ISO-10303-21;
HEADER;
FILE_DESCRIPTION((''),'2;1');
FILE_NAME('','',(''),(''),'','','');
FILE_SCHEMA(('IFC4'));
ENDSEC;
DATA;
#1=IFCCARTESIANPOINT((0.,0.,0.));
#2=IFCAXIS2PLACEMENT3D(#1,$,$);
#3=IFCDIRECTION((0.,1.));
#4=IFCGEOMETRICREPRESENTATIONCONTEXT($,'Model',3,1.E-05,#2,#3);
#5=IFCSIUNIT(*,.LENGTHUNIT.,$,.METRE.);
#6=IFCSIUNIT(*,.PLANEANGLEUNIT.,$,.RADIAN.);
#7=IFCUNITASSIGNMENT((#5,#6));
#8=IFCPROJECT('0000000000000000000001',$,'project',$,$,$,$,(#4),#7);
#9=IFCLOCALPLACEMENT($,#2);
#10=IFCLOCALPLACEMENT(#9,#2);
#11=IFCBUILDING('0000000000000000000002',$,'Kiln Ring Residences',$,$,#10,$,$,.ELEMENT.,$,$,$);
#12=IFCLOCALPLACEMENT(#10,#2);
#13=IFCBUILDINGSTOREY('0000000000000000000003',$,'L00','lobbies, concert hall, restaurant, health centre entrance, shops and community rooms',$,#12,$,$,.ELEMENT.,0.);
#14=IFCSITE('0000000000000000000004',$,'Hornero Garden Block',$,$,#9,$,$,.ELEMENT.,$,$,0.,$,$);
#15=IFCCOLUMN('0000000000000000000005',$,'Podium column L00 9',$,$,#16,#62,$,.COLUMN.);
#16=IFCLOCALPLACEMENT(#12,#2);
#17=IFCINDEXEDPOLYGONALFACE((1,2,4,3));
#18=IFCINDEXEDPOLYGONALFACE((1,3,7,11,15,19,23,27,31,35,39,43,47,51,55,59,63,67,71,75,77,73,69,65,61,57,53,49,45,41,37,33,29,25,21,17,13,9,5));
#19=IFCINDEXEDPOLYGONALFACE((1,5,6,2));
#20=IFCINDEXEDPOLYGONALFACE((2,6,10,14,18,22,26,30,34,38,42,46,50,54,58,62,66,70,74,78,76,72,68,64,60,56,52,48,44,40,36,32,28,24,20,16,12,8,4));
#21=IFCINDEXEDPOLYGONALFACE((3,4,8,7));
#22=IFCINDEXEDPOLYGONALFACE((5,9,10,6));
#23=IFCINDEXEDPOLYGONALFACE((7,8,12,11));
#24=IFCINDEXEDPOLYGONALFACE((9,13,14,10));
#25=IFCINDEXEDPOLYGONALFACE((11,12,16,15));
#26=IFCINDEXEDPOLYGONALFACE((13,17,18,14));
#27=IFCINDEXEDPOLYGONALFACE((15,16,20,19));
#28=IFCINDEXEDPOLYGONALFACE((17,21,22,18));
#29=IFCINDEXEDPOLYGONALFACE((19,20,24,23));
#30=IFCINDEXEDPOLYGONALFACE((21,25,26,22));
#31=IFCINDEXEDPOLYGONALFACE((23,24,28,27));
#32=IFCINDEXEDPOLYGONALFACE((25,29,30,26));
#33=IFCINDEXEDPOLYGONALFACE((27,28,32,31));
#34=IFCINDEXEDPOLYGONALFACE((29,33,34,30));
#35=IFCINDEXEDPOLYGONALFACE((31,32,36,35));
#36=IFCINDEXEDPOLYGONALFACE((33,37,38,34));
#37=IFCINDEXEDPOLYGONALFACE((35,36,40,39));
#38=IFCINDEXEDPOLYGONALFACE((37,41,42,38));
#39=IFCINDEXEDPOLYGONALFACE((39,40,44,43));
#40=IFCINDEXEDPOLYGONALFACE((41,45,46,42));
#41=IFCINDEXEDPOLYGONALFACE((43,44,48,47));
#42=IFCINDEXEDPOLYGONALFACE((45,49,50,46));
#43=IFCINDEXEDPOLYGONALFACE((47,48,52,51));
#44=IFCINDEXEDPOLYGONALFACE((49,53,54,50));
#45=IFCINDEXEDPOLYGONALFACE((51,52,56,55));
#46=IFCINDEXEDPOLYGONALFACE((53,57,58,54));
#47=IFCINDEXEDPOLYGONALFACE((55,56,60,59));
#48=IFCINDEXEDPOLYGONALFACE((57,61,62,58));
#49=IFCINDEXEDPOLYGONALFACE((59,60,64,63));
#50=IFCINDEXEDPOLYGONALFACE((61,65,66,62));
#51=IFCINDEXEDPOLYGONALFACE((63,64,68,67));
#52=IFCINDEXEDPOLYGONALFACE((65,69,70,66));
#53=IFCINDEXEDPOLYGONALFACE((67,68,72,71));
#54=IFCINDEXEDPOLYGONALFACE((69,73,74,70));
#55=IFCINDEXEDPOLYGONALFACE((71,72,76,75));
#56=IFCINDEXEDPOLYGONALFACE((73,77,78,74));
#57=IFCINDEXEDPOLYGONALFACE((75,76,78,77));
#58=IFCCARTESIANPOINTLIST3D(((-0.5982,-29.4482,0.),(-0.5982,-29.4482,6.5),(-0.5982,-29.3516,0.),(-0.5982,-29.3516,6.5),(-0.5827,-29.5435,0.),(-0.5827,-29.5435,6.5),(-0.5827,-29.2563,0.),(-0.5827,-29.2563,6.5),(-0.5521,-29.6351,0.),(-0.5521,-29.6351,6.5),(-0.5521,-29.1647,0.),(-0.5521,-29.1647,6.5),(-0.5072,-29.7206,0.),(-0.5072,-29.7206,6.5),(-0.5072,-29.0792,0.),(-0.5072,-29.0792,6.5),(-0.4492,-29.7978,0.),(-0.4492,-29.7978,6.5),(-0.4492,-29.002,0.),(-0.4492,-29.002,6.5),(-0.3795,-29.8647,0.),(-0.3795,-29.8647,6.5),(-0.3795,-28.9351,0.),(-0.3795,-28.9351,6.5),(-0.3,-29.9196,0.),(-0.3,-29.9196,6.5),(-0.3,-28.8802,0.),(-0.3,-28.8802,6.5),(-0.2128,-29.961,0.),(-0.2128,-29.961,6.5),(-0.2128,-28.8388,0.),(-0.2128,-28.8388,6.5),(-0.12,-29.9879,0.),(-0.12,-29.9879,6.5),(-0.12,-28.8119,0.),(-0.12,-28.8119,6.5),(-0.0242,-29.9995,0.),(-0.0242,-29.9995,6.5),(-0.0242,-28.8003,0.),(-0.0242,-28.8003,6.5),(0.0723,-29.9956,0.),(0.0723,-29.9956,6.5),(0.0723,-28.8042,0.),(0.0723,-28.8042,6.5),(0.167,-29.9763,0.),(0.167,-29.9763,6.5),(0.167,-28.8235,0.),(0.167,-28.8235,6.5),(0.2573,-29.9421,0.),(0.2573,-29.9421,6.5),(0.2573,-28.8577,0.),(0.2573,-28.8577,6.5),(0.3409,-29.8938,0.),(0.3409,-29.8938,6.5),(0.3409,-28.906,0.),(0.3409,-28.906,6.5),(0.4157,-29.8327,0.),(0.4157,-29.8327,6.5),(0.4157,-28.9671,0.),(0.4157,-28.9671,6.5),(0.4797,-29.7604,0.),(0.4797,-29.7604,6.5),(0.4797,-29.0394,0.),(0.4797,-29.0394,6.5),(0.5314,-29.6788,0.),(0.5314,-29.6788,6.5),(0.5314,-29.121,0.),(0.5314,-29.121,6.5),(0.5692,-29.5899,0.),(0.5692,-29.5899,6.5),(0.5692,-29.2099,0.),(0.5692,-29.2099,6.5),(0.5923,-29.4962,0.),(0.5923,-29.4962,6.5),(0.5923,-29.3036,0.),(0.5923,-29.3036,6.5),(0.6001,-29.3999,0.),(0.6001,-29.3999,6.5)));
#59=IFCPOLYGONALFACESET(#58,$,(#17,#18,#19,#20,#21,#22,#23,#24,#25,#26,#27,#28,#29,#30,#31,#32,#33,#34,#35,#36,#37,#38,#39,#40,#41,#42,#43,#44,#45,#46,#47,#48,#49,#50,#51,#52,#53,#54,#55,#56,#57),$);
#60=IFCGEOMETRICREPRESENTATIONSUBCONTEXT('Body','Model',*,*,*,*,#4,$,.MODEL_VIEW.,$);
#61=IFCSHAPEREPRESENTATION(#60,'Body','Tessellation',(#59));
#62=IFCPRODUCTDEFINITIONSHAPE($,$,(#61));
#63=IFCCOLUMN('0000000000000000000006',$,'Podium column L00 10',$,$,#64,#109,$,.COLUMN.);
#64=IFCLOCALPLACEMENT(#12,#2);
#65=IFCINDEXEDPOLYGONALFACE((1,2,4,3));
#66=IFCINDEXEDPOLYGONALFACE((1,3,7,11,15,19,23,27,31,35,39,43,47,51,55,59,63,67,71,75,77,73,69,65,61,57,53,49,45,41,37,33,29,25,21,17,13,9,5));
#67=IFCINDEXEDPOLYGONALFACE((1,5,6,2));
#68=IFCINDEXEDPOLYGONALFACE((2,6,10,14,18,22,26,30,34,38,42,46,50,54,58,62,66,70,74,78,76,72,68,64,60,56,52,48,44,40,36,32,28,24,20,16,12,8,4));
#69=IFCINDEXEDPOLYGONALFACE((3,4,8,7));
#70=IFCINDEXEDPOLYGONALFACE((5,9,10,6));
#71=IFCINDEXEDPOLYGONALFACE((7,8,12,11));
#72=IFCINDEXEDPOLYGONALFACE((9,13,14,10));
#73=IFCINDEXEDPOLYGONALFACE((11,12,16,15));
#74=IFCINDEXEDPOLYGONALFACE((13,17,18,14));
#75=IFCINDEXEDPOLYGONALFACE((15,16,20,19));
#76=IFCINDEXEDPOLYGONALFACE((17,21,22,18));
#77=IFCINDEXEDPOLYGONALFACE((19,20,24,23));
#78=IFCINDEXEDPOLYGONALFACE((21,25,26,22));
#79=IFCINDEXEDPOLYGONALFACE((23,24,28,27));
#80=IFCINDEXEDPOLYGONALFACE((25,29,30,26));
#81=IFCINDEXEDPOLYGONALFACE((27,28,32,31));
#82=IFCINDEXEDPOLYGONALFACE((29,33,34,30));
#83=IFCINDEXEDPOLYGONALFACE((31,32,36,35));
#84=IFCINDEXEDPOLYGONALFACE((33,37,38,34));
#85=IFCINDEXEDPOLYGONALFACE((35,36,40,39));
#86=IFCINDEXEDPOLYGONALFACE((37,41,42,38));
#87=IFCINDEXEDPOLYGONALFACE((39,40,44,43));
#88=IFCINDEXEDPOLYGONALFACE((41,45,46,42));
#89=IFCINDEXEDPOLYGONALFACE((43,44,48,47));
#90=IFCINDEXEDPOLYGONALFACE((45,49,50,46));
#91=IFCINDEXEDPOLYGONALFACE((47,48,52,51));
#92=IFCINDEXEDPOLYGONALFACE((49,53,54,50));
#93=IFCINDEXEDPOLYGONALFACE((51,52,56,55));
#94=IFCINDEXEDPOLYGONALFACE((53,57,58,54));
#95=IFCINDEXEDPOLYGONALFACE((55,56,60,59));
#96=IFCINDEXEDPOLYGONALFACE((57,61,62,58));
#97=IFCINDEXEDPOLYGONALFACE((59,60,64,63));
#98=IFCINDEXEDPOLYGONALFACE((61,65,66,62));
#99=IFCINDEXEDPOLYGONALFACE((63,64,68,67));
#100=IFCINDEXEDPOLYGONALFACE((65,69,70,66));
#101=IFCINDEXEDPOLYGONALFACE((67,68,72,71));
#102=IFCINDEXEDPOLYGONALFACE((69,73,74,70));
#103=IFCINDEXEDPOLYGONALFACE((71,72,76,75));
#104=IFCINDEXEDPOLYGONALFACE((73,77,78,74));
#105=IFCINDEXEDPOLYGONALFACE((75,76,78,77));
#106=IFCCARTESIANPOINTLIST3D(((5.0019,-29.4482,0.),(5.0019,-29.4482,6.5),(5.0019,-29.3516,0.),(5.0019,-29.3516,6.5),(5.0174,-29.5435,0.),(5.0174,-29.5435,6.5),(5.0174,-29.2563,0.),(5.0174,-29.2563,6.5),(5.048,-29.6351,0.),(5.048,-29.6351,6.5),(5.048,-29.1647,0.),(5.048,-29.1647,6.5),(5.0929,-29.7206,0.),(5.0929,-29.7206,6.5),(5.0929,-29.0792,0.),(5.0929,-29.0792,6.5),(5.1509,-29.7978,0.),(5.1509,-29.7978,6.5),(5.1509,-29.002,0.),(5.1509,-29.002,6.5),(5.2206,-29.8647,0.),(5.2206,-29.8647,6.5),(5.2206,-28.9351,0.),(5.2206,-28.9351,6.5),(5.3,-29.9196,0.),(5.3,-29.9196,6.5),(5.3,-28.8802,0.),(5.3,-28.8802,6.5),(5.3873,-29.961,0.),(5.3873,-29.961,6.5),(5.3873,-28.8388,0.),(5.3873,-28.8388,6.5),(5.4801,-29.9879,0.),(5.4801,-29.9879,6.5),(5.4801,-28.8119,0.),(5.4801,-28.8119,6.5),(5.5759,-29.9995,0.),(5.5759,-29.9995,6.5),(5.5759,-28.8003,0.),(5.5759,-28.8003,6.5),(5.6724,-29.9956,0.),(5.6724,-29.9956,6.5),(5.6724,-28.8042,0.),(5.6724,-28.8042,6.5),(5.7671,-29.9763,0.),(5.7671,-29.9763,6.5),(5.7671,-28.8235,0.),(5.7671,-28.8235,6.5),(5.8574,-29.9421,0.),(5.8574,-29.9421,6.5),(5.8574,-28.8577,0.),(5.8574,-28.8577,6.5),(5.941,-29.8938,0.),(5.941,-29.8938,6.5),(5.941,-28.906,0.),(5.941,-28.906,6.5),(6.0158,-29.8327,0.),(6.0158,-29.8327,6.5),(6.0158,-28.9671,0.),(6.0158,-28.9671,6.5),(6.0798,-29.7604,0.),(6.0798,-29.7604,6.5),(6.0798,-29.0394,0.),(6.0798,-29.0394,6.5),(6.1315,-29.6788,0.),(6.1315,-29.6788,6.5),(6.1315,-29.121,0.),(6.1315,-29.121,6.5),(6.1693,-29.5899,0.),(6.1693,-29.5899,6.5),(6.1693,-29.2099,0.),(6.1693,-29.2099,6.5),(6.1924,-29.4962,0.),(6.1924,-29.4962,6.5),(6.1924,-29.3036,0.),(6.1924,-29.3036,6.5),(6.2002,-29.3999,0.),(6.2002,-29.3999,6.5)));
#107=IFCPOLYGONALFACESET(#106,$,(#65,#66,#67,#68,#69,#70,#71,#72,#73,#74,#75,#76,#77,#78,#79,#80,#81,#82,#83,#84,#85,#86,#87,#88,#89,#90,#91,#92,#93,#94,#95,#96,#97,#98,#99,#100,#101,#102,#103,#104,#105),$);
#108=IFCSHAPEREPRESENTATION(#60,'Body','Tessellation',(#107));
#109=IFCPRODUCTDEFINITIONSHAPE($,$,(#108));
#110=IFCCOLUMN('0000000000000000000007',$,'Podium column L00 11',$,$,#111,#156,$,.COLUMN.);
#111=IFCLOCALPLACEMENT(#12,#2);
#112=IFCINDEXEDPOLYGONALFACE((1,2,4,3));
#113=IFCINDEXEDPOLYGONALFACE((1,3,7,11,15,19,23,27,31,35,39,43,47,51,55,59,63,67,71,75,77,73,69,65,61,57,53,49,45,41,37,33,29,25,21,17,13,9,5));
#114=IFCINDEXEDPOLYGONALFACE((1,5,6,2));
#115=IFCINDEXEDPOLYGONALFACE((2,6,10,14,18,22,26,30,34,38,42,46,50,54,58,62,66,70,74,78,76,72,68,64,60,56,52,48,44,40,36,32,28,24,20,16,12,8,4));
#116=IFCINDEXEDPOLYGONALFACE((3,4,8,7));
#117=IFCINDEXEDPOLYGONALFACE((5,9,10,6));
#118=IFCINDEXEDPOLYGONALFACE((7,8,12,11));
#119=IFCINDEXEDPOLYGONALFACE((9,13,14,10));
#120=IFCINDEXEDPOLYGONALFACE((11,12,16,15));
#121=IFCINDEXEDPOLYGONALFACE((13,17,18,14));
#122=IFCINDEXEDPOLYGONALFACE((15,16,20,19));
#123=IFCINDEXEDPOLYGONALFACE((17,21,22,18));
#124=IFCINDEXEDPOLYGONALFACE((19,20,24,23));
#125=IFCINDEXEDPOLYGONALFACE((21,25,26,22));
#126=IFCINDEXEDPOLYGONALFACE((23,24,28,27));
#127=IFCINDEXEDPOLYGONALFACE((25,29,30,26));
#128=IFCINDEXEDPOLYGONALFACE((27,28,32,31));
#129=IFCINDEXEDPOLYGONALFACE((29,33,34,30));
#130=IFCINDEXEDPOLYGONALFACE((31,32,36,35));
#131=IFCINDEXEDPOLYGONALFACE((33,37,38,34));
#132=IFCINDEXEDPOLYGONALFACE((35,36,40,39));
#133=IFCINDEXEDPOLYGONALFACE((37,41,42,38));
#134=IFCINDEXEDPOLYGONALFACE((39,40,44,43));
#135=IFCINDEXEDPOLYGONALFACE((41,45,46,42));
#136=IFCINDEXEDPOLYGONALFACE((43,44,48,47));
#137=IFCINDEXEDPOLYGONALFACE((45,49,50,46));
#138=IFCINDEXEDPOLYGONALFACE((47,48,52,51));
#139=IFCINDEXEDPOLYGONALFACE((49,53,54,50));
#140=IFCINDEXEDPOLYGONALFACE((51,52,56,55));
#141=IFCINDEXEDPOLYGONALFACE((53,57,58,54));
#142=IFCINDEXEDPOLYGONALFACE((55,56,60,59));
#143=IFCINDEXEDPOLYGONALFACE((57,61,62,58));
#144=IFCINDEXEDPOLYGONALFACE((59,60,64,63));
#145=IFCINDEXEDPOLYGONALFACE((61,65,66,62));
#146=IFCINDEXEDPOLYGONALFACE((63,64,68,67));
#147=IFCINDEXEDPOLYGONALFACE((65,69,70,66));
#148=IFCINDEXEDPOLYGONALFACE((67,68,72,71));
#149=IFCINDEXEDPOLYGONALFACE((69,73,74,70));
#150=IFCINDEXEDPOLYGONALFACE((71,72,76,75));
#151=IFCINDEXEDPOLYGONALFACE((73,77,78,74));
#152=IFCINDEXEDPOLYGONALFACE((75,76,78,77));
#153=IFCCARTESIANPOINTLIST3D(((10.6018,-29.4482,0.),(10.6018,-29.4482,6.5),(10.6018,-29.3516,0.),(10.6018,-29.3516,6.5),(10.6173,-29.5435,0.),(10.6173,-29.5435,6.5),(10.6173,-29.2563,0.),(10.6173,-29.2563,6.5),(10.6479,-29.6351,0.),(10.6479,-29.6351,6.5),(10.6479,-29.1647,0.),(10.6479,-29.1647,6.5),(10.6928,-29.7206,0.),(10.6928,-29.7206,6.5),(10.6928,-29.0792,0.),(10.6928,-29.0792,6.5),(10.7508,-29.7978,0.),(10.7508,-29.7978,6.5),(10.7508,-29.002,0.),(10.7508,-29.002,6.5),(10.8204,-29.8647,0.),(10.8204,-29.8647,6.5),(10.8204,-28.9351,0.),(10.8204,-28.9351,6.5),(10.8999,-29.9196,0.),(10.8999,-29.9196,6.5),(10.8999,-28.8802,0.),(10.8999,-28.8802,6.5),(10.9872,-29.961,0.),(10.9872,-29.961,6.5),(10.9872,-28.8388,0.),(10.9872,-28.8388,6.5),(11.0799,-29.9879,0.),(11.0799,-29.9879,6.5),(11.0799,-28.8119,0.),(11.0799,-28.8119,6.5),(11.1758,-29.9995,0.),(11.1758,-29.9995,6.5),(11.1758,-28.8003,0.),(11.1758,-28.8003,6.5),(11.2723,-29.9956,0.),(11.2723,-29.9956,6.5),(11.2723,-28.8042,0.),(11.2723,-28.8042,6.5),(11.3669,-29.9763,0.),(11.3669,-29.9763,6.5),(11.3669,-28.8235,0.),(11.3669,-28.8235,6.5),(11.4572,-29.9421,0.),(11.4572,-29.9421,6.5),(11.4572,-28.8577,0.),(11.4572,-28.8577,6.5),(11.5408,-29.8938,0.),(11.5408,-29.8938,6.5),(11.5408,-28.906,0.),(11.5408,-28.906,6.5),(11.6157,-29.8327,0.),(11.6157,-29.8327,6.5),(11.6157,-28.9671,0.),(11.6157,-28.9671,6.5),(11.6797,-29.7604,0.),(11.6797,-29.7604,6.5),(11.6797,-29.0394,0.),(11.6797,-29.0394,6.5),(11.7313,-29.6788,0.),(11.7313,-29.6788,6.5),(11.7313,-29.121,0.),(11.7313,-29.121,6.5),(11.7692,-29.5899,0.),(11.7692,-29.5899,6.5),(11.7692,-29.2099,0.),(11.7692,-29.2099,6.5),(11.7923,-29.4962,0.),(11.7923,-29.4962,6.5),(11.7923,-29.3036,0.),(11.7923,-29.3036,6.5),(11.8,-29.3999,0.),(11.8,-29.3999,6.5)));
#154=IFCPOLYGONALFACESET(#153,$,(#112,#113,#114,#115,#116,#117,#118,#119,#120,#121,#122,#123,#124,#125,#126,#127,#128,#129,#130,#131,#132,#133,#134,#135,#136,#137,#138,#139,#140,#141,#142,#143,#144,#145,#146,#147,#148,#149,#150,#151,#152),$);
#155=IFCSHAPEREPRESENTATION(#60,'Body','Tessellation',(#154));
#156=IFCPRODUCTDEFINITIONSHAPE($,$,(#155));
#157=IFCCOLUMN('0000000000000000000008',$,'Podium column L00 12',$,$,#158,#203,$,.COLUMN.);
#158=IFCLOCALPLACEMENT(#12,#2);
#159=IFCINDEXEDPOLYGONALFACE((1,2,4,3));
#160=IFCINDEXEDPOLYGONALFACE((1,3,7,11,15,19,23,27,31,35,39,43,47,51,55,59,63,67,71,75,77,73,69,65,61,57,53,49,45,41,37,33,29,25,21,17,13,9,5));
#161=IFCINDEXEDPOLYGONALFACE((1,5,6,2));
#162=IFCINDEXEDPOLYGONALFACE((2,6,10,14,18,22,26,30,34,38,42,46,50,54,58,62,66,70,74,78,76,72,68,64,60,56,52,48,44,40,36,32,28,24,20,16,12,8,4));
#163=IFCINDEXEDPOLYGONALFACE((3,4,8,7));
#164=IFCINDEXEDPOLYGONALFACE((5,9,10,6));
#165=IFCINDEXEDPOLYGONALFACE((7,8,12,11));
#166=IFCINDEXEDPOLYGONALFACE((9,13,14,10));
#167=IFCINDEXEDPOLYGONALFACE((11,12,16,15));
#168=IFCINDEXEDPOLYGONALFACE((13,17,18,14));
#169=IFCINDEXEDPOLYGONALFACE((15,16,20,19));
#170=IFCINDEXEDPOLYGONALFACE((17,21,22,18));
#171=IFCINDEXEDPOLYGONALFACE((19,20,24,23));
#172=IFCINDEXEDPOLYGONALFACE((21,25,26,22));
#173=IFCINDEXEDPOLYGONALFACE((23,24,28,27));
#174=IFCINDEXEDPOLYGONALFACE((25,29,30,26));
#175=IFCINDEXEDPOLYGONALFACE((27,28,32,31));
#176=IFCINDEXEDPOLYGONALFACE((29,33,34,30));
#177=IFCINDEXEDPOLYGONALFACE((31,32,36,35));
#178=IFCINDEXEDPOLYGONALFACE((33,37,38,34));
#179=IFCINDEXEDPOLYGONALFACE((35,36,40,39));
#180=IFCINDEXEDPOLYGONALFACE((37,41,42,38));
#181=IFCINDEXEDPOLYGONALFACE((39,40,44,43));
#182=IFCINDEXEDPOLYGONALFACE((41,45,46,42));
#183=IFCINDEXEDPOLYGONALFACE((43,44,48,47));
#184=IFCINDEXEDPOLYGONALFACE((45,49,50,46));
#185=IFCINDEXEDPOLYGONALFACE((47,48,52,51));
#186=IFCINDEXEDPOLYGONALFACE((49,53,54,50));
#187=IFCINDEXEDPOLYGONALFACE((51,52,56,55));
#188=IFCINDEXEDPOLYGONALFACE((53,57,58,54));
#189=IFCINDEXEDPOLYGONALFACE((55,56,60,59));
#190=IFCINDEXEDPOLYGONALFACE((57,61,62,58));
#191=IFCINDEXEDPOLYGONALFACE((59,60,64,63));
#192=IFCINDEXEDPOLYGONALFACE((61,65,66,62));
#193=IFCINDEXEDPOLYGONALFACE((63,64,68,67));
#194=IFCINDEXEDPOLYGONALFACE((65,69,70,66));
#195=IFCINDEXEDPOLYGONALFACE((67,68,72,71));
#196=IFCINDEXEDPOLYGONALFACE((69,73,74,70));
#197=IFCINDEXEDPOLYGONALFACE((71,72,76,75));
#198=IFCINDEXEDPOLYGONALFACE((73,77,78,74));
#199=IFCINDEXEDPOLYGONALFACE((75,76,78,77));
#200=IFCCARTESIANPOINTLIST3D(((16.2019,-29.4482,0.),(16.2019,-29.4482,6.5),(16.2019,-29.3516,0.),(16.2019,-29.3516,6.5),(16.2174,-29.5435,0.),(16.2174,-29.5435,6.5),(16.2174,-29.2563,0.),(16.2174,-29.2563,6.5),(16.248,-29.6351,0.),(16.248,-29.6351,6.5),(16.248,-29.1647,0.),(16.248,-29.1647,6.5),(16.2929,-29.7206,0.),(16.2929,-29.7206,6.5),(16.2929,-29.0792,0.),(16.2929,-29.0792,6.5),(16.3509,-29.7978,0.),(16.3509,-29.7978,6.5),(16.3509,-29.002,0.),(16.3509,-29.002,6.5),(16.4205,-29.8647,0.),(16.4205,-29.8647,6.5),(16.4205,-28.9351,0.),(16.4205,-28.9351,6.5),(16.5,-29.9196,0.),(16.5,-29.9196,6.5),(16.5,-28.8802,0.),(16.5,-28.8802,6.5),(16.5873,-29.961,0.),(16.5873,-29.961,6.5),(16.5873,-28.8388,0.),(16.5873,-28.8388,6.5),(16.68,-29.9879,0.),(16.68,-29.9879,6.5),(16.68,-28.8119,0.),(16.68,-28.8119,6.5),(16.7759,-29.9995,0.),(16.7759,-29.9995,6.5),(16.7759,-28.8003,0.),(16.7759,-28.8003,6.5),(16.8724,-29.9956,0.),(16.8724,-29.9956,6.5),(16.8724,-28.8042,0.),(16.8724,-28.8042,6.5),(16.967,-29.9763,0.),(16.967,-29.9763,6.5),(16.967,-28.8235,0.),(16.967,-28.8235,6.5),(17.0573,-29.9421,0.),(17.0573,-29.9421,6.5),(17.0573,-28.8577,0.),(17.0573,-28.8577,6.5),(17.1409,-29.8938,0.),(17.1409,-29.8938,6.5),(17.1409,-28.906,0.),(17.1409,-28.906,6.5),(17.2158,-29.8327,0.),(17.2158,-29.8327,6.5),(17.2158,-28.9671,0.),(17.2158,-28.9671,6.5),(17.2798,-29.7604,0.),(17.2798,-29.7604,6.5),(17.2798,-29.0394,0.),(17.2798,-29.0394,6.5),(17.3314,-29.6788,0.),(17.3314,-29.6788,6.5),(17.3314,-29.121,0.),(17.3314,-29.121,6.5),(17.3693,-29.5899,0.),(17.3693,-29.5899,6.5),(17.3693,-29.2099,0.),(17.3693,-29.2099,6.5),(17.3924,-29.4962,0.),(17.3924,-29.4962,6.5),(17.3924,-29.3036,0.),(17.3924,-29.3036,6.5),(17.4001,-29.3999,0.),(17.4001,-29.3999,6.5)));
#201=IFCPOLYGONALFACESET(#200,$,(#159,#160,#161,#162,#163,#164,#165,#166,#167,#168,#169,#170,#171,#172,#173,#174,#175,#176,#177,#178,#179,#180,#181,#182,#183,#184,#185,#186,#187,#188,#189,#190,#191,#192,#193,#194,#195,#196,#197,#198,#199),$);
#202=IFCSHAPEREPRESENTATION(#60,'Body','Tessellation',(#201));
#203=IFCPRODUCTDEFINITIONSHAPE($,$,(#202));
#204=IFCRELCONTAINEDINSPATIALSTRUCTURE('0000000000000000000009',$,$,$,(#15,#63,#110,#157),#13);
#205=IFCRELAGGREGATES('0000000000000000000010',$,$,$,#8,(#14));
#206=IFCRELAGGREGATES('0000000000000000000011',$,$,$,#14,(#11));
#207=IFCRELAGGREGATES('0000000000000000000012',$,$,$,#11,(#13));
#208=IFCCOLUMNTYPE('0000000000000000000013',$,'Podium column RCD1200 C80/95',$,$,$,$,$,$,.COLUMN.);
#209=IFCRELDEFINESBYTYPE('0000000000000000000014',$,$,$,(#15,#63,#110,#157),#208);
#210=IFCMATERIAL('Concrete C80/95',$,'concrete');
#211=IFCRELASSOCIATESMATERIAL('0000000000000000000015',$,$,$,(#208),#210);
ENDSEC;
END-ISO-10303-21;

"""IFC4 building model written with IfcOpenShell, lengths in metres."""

from ifc_helpers import new_model, si_unit, direction, frame, origin, origin_2d, place, context, subcontext, project, spatial, circle, extrude, material, material_profile, profile_set, type_object, element, save


model = new_model("IFC4")

# Units and contexts
model_context = context("Model", 3, precision=1e-05, world=origin(), true_north=direction((0.0, 1.0)))
body_context = subcontext(model_context, "Body", "Model", "MODEL_VIEW")
ifc_project = project(units=[si_unit("LENGTHUNIT", "METRE"), si_unit("PLANEANGLEUNIT", "RADIAN")], contexts=[model_context])

# Site, building, storey
site_placement = place(None, origin())
site = spatial("IfcSite", under=ifc_project, at=site_placement, Name="Hornero Garden Block", CompositionType="ELEMENT", RefElevation=0.0)
building_placement = place(site_placement, origin())
building = spatial("IfcBuilding", under=site, at=building_placement, Name="Kiln Ring Residences", CompositionType="ELEMENT")
storey_placement = place(building_placement, origin())
storey = spatial("IfcBuildingStorey", under=building, at=storey_placement, Name="L00", Description="lobbies, concert hall, restaurant, health centre entrance, shops and community rooms", CompositionType="ELEMENT", Elevation=0.0)

# Columns
ifc_material_1 = material(Name="Concrete C80/95", Category="concrete")
ifc_material_profile_1 = material_profile(ifc_material_1, circle(Radius=0.6001, at=origin_2d()), Name="RCD1200")
ifc_profile_set_1 = profile_set([ifc_material_profile_1], Name="Concrete C80/95")
column_type = type_object("IfcColumnType", Name="Podium column RCD1200 C80/95", PredefinedType="COLUMN", material=ifc_profile_set_1)
for number, where, z_axis, x_axis, name in (
    (1, (0.0, -29.3999, 0.0), (0.0, 0.0, 1.0), (1.0, 0.0, 0.0), "Podium column L00 9"),
    (2, (5.6001, -29.3999, 0.0), (0.0, 0.0, 1.0), (1.0, 0.0, 0.0), "Podium column L00 10"),
    (3, (11.2, -29.3999, 0.0), (0.0, 0.0, 1.0), (1.0, 0.0, 0.0), "Podium column L00 11"),
    (4, (16.8, -29.3999, 0.0), (0.0, 0.0, 1.0), (1.0, 0.0, 0.0), "Podium column L00 12"),
):
    element("IfcColumn", number, at=place(storey_placement, frame(where, z_axis=z_axis, x_axis=x_axis)), inside=storey, type_object=column_type, Name=name, PredefinedType="COLUMN", context=body_context, shape_type="SweptSolid", body=[
        extrude(circle(Radius=0.6001, at=origin_2d()), origin(), (0.0, 0.0, 1.0), 6.5),
    ])

save(model, "model.ifc")
